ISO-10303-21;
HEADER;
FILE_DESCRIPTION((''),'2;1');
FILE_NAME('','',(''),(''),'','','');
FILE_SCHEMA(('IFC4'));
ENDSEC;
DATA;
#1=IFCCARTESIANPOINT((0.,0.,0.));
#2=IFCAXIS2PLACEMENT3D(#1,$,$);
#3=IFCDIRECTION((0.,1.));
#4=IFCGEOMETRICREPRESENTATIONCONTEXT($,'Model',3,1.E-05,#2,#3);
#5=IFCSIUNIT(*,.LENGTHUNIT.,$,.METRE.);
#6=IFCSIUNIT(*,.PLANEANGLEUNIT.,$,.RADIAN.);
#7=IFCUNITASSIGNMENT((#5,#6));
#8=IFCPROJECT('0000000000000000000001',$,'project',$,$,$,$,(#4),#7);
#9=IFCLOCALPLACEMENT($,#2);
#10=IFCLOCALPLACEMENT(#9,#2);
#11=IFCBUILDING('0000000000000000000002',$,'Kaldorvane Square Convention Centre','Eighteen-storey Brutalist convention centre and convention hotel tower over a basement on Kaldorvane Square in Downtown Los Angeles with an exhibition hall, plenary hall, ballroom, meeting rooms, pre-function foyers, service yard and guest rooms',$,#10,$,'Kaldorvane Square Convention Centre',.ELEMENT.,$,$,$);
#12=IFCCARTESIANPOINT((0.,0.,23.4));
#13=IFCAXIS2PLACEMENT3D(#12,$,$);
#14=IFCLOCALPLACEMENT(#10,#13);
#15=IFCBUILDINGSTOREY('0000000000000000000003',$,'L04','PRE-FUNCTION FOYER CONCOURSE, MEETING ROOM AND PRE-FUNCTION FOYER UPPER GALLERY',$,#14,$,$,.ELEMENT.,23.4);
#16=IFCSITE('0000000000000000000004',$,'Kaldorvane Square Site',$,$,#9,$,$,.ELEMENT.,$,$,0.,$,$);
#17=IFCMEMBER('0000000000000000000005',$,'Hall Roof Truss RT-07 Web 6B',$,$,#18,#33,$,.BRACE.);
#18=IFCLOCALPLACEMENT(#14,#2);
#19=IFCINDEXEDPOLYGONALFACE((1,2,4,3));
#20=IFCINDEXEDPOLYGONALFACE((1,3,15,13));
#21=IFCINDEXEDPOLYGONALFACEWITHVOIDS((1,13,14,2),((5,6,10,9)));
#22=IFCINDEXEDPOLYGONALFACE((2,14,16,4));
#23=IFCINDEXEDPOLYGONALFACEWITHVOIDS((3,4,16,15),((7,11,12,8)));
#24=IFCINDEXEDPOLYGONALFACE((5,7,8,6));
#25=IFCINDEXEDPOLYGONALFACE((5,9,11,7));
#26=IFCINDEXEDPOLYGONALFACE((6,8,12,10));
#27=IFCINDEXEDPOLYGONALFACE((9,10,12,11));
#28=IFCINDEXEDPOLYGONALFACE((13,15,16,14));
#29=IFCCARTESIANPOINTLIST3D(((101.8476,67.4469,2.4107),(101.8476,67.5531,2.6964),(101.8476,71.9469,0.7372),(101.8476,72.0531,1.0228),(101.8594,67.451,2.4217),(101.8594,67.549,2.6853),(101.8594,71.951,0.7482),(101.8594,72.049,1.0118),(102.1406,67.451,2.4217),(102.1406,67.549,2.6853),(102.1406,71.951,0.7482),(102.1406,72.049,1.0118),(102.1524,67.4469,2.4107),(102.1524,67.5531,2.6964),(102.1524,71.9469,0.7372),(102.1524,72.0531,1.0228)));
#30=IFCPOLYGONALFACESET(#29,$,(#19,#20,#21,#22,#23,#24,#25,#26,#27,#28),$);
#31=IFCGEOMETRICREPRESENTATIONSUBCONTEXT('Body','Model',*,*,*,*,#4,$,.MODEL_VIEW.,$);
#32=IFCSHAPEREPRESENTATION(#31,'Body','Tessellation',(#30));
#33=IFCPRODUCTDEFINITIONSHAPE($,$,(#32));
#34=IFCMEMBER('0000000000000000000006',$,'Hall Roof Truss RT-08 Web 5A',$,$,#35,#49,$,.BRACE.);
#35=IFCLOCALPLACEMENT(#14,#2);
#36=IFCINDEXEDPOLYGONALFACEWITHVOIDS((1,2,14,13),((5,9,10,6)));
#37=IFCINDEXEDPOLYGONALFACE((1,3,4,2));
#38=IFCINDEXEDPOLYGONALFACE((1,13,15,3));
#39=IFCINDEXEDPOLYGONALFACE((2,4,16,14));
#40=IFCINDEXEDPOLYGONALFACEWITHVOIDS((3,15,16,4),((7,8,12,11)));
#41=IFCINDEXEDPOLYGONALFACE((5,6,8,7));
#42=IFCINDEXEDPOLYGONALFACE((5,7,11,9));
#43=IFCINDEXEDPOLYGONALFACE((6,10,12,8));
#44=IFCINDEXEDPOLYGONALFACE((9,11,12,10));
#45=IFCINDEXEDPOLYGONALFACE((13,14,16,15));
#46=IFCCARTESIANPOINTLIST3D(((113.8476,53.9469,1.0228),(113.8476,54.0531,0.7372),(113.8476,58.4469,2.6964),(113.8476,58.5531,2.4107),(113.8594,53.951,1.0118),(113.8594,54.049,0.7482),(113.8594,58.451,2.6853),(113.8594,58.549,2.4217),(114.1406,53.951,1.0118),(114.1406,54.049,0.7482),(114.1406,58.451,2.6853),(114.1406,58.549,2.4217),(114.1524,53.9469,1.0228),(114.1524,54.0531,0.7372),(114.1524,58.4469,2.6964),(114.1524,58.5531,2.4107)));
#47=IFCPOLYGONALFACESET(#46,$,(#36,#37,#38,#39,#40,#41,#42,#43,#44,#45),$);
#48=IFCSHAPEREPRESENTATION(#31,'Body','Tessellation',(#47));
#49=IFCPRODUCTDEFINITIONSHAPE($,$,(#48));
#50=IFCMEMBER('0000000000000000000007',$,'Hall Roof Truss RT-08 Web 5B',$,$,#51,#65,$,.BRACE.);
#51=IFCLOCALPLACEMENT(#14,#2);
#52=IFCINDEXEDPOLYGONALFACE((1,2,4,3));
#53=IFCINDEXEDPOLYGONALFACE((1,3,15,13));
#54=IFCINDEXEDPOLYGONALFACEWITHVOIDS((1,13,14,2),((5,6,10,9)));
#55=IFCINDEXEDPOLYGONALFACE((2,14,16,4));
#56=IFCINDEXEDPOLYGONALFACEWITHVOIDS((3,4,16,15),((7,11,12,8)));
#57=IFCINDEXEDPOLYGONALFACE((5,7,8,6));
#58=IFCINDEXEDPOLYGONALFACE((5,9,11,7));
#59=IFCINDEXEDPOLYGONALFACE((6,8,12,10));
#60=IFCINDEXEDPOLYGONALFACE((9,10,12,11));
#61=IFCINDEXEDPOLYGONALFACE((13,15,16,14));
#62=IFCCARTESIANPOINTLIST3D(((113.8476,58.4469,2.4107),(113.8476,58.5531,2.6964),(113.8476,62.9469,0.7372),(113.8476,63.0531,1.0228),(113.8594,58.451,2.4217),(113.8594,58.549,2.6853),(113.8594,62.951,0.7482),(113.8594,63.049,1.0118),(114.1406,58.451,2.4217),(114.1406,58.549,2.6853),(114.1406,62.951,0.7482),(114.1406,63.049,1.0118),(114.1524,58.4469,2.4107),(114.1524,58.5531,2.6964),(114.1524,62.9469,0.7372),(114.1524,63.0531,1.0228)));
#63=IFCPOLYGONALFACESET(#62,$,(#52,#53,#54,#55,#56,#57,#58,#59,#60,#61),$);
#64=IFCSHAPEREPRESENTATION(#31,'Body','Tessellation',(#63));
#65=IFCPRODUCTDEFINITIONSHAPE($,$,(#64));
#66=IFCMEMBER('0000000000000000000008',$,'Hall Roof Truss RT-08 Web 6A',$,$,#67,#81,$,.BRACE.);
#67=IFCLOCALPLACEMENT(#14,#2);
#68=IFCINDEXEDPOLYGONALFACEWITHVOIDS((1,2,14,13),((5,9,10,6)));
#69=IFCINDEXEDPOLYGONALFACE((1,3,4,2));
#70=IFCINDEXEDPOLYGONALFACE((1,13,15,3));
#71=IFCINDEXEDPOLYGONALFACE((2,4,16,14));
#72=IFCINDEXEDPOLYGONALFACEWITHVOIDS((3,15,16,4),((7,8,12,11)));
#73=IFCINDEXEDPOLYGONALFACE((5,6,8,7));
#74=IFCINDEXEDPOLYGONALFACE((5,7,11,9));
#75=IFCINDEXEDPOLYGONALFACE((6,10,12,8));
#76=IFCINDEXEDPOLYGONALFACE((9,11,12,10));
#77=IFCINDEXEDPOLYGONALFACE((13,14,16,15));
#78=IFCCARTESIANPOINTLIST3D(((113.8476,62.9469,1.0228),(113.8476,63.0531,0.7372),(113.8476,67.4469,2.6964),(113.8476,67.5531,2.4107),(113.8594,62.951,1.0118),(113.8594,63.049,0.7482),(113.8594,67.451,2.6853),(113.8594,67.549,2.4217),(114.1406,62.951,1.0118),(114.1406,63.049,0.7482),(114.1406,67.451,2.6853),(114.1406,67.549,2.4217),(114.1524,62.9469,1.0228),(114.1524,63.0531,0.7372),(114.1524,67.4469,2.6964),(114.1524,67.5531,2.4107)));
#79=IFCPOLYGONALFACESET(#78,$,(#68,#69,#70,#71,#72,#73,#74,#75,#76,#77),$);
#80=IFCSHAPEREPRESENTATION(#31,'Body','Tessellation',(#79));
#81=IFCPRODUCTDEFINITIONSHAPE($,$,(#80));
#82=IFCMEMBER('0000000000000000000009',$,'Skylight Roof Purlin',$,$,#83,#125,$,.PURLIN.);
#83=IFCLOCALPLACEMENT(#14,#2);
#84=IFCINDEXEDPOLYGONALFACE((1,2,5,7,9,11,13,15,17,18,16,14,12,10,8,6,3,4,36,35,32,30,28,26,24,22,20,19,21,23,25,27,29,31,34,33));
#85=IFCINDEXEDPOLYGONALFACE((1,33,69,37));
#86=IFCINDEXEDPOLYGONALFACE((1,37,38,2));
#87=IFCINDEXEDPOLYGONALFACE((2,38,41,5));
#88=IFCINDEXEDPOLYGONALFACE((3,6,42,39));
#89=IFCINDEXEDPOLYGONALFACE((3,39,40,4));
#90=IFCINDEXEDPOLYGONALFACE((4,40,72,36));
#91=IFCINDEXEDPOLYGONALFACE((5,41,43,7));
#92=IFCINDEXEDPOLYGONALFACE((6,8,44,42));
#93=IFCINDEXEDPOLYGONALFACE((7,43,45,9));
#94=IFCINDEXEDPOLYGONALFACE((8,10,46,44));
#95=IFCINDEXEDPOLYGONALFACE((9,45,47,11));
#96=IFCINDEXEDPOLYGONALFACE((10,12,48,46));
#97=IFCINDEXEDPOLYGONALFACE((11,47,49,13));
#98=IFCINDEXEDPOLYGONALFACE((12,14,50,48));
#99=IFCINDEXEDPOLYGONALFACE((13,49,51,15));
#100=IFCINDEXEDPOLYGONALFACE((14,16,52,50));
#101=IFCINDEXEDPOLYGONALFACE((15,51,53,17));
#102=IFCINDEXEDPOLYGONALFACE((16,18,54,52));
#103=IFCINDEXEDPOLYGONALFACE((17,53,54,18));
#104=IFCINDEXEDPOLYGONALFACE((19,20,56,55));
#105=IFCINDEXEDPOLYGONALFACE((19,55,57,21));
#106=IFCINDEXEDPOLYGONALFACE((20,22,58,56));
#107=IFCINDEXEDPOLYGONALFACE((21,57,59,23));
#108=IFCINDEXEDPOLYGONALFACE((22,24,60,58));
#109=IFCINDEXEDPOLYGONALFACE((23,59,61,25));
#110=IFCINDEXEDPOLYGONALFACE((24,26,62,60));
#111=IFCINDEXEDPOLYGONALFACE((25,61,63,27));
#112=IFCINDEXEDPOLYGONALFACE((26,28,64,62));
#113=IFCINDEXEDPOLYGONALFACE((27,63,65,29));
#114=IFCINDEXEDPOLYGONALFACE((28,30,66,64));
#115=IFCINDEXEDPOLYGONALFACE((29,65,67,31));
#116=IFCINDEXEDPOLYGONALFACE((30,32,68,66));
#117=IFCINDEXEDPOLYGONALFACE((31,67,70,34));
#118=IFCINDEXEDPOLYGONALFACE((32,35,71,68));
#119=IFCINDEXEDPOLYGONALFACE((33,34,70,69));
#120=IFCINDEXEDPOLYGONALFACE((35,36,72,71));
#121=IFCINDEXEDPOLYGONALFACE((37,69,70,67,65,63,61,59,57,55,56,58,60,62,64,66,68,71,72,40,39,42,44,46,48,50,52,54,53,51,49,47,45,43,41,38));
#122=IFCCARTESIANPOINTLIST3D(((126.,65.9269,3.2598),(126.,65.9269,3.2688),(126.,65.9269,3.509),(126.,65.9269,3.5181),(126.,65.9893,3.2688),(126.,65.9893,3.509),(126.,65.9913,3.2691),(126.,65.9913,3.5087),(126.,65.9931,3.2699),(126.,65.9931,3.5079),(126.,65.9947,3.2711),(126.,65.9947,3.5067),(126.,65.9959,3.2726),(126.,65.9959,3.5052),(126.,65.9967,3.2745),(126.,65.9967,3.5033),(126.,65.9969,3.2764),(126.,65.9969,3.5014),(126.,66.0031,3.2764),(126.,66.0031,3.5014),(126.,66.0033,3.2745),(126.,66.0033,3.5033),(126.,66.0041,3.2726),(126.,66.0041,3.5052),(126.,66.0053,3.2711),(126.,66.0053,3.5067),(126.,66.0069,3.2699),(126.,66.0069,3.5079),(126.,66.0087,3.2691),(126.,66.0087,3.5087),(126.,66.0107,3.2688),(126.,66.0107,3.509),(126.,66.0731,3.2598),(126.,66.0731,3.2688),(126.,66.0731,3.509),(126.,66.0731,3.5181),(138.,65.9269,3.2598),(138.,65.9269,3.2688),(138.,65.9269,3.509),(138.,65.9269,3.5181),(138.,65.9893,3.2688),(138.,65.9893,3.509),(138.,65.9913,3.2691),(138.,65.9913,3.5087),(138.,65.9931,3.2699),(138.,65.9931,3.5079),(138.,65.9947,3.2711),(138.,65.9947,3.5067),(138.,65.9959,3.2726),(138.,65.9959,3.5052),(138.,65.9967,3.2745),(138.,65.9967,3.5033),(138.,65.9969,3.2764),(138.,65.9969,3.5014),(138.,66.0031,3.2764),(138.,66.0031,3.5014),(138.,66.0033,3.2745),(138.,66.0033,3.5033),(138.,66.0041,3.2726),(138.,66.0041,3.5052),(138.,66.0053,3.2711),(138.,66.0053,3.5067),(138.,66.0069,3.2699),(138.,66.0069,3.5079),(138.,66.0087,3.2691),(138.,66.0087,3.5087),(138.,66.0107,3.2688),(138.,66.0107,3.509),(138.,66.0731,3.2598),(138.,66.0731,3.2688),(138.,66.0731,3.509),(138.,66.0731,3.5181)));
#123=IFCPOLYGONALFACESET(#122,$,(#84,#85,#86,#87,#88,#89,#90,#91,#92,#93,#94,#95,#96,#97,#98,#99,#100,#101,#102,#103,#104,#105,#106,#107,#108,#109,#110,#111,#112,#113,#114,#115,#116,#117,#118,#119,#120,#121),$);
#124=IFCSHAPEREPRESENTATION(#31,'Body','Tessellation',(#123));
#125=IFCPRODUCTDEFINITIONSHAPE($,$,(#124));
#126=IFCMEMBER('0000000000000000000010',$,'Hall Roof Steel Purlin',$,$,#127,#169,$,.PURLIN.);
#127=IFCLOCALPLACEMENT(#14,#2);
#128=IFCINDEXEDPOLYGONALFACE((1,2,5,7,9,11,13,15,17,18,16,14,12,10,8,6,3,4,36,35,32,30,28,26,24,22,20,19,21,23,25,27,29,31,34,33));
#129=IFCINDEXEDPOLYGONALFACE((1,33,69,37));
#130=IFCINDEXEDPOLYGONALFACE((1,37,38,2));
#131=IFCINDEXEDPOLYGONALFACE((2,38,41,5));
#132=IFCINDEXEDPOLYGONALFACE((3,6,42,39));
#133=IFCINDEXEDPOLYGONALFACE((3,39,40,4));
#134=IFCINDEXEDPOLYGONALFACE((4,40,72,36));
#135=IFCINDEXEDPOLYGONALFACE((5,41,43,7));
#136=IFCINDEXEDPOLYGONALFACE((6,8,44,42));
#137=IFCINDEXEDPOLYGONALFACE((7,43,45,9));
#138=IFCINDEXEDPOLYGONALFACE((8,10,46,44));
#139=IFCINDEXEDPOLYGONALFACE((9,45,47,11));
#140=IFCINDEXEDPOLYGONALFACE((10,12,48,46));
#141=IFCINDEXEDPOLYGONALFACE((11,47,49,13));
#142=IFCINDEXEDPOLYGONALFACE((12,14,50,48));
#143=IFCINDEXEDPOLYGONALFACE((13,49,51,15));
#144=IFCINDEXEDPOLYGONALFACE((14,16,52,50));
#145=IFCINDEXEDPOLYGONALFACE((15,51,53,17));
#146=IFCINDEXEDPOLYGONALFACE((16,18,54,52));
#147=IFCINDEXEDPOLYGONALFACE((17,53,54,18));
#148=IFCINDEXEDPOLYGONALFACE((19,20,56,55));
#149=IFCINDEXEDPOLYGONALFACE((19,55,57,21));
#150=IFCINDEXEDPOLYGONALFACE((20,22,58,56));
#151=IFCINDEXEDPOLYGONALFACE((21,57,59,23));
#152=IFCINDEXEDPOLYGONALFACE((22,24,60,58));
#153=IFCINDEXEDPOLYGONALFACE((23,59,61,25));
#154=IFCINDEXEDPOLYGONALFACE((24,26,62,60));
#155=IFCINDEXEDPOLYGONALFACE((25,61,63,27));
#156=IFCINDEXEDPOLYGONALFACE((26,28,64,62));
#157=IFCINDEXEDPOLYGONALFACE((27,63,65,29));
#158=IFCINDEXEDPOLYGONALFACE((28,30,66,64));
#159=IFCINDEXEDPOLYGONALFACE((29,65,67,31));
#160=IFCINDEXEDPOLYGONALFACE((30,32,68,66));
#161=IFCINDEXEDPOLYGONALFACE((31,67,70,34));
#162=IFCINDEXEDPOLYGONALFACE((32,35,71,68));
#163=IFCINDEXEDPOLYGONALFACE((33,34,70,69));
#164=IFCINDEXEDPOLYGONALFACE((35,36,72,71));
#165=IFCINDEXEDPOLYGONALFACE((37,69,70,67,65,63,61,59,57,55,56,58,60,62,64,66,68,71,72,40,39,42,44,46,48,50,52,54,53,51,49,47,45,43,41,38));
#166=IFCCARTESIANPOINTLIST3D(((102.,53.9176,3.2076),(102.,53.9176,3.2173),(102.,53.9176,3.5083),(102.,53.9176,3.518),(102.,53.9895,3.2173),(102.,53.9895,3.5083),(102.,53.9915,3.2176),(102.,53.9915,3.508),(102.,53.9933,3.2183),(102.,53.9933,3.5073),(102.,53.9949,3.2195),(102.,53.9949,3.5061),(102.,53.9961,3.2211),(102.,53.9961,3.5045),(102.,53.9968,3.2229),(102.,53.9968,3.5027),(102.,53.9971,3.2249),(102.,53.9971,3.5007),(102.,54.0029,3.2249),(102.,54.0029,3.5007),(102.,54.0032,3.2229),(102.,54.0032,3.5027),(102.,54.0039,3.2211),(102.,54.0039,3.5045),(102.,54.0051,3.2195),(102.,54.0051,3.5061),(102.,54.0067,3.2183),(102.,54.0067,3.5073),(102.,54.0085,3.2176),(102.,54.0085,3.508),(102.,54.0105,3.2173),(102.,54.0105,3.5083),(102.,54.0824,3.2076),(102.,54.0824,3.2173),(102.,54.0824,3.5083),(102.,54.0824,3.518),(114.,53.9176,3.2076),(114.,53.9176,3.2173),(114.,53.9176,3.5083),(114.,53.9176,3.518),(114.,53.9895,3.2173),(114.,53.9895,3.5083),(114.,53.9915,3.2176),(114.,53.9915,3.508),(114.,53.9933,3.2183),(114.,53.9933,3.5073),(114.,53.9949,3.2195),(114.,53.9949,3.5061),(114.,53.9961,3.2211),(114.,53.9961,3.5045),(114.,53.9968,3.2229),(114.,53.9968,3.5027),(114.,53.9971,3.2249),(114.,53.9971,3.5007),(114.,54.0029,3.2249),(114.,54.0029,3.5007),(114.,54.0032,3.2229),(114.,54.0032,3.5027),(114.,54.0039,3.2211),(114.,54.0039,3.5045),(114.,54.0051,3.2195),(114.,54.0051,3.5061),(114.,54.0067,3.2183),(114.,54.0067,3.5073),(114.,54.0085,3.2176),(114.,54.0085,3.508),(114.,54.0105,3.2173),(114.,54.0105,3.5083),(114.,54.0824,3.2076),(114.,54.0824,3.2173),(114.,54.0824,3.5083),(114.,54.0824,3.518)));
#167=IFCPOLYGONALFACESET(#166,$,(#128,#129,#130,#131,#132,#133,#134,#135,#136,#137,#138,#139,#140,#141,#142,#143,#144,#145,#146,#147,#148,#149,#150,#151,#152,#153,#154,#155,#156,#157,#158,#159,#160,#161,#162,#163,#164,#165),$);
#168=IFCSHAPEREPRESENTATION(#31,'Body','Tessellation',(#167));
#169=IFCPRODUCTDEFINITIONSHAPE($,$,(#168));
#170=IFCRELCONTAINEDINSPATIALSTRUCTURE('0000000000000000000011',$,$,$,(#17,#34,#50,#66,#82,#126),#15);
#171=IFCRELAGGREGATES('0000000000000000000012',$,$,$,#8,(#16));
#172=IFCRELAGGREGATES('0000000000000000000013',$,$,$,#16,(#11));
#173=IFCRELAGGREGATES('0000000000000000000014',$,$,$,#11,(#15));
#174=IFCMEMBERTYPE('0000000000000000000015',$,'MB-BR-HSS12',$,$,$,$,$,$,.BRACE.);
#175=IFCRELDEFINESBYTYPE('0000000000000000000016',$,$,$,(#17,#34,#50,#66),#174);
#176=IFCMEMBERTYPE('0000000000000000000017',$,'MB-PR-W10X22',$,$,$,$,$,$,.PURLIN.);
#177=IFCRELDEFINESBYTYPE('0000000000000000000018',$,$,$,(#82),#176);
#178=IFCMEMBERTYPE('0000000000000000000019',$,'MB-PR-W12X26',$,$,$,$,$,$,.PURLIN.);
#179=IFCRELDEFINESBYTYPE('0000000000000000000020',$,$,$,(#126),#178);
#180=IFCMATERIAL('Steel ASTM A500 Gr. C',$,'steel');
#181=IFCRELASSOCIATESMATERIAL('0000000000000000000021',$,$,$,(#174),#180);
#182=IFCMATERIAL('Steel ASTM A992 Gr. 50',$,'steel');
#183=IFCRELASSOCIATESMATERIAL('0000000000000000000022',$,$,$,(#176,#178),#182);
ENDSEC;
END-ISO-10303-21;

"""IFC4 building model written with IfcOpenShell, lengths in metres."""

from ifc_helpers import new_model, si_unit, direction, frame, origin, origin_2d, place, context, subcontext, project, spatial, hollow_rectangle, i_section, extrude, material, material_profile, profile_set, type_object, element, save


model = new_model("IFC4")

# Units and contexts
model_context = context("Model", 3, precision=1e-05, world=origin(), true_north=direction((0.0, 1.0)))
body_context = subcontext(model_context, "Body", "Model", "MODEL_VIEW")
ifc_project = project(units=[si_unit("LENGTHUNIT", "METRE"), si_unit("PLANEANGLEUNIT", "RADIAN")], contexts=[model_context])

# Site, building, storey
site_placement = place(None, origin())
site = spatial("IfcSite", under=ifc_project, at=site_placement, Name="Kaldorvane Square Site", CompositionType="ELEMENT", RefElevation=0.0)
building_placement = place(site_placement, origin())
building = spatial("IfcBuilding", under=site, at=building_placement, Name="Kaldorvane Square Convention Centre", Description="Eighteen-storey Brutalist convention centre and convention hotel tower over a basement on Kaldorvane Square in Downtown Los Angeles with an exhibition hall, plenary hall, ballroom, meeting rooms, pre-function foyers, service yard and guest rooms", LongName="Kaldorvane Square Convention Centre", CompositionType="ELEMENT")
storey_placement = place(building_placement, frame((0.0, 0.0, 23.4)))
storey = spatial("IfcBuildingStorey", under=building, at=storey_placement, Name="L04", Description="PRE-FUNCTION FOYER CONCOURSE, MEETING ROOM AND PRE-FUNCTION FOYER UPPER GALLERY", CompositionType="ELEMENT", Elevation=23.4)

# Shared definitions
ifc_material_1 = material(Name="Steel ASTM A992 Gr. 50", Category="steel")

# Members
ifc_material_2 = material(Name="Steel ASTM A500 Gr. C", Category="steel")
ifc_material_profile_1 = material_profile(ifc_material_2, hollow_rectangle(XDim=0.3048, YDim=0.3048, WallThickness=0.0118, at=origin_2d()), Name="HSS12X12X1/2")
ifc_profile_set_1 = profile_set([ifc_material_profile_1], Name="Steel ASTM A500 Gr. C")
member_type_1 = type_object("IfcMemberType", Name="MB-BR-HSS12", PredefinedType="BRACE", material=ifc_profile_set_1)
for number, where, z_axis, x_axis, name in (
    (1, (102.0, 67.5, 2.5535), (0.0, 0.937284, -0.348567), (-1.0, 0.0, 0.0), "Hall Roof Truss RT-07 Web 6B"),
    (2, (114.0, 54.0, 0.88), (0.0, 0.937284, 0.348567), (-1.0, 0.0, 0.0), "Hall Roof Truss RT-08 Web 5A"),
    (3, (114.0, 58.5, 2.5535), (0.0, 0.937284, -0.348567), (-1.0, 0.0, 0.0), "Hall Roof Truss RT-08 Web 5B"),
    (4, (114.0, 63.0, 0.88), (0.0, 0.937284, 0.348567), (-1.0, 0.0, 0.0), "Hall Roof Truss RT-08 Web 6A"),
):
    element("IfcMember", number, at=place(storey_placement, frame(where, z_axis=z_axis, x_axis=x_axis)), inside=storey, type_object=member_type_1, Name=name, PredefinedType="BRACE", context=body_context, shape_type="SweptSolid", body=[
        extrude(hollow_rectangle(XDim=0.3048, YDim=0.3048, WallThickness=0.0118, at=origin_2d()), origin(), (0.0, 0.0, 1.0), 4.8011),
    ])
ifc_material_profile_2 = material_profile(ifc_material_1, i_section(OverallWidth=0.1461, OverallDepth=0.2583, WebThickness=0.0061, FlangeThickness=0.0091, FilletRadius=0.0076, at=origin_2d()), Name="W10X22")
ifc_profile_set_2 = profile_set([ifc_material_profile_2], Name="Steel ASTM A992 Gr. 50")
member_type_2 = type_object("IfcMemberType", Name="MB-PR-W10X22", PredefinedType="PURLIN", material=ifc_profile_set_2)
member_placement = place(storey_placement, frame((126.0, 66.0, 3.3889), z_axis=(1.0, 0.0, 0.0), x_axis=(0.0, 1.0, 0.0)))
element("IfcMember", 5, at=member_placement, inside=storey, type_object=member_type_2, Name="Skylight Roof Purlin", PredefinedType="PURLIN", context=body_context, shape_type="SweptSolid", body=[
    extrude(i_section(OverallWidth=0.1461, OverallDepth=0.2583, WebThickness=0.0061, FlangeThickness=0.0091, FilletRadius=0.0076, at=origin_2d()), origin(), (0.0, 0.0, 1.0), 12.0),
])
ifc_material_profile_3 = material_profile(ifc_material_1, i_section(OverallWidth=0.1648, OverallDepth=0.3104, WebThickness=0.0058, FlangeThickness=0.0097, FilletRadius=0.0076, at=origin_2d()), Name="W12X26")
ifc_profile_set_3 = profile_set([ifc_material_profile_3], Name="Steel ASTM A992 Gr. 50")
member_type_3 = type_object("IfcMemberType", Name="MB-PR-W12X26", PredefinedType="PURLIN", material=ifc_profile_set_3)
for number, where, z_axis, x_axis, name in (
    (6, (102.0, 54.0, 3.3628), (1.0, 0.0, 0.0), (0.0, 1.0, 0.0), "Hall Roof Steel Purlin"),
):
    element("IfcMember", number, at=place(storey_placement, frame(where, z_axis=z_axis, x_axis=x_axis)), inside=storey, type_object=member_type_3, Name=name, PredefinedType="PURLIN", context=body_context, shape_type="SweptSolid", body=[
        extrude(i_section(OverallWidth=0.1648, OverallDepth=0.3104, WebThickness=0.0058, FlangeThickness=0.0097, FilletRadius=0.0076, at=origin_2d()), origin(), (0.0, 0.0, 1.0), 12.0),
    ])

save(model, "model.ifc")
